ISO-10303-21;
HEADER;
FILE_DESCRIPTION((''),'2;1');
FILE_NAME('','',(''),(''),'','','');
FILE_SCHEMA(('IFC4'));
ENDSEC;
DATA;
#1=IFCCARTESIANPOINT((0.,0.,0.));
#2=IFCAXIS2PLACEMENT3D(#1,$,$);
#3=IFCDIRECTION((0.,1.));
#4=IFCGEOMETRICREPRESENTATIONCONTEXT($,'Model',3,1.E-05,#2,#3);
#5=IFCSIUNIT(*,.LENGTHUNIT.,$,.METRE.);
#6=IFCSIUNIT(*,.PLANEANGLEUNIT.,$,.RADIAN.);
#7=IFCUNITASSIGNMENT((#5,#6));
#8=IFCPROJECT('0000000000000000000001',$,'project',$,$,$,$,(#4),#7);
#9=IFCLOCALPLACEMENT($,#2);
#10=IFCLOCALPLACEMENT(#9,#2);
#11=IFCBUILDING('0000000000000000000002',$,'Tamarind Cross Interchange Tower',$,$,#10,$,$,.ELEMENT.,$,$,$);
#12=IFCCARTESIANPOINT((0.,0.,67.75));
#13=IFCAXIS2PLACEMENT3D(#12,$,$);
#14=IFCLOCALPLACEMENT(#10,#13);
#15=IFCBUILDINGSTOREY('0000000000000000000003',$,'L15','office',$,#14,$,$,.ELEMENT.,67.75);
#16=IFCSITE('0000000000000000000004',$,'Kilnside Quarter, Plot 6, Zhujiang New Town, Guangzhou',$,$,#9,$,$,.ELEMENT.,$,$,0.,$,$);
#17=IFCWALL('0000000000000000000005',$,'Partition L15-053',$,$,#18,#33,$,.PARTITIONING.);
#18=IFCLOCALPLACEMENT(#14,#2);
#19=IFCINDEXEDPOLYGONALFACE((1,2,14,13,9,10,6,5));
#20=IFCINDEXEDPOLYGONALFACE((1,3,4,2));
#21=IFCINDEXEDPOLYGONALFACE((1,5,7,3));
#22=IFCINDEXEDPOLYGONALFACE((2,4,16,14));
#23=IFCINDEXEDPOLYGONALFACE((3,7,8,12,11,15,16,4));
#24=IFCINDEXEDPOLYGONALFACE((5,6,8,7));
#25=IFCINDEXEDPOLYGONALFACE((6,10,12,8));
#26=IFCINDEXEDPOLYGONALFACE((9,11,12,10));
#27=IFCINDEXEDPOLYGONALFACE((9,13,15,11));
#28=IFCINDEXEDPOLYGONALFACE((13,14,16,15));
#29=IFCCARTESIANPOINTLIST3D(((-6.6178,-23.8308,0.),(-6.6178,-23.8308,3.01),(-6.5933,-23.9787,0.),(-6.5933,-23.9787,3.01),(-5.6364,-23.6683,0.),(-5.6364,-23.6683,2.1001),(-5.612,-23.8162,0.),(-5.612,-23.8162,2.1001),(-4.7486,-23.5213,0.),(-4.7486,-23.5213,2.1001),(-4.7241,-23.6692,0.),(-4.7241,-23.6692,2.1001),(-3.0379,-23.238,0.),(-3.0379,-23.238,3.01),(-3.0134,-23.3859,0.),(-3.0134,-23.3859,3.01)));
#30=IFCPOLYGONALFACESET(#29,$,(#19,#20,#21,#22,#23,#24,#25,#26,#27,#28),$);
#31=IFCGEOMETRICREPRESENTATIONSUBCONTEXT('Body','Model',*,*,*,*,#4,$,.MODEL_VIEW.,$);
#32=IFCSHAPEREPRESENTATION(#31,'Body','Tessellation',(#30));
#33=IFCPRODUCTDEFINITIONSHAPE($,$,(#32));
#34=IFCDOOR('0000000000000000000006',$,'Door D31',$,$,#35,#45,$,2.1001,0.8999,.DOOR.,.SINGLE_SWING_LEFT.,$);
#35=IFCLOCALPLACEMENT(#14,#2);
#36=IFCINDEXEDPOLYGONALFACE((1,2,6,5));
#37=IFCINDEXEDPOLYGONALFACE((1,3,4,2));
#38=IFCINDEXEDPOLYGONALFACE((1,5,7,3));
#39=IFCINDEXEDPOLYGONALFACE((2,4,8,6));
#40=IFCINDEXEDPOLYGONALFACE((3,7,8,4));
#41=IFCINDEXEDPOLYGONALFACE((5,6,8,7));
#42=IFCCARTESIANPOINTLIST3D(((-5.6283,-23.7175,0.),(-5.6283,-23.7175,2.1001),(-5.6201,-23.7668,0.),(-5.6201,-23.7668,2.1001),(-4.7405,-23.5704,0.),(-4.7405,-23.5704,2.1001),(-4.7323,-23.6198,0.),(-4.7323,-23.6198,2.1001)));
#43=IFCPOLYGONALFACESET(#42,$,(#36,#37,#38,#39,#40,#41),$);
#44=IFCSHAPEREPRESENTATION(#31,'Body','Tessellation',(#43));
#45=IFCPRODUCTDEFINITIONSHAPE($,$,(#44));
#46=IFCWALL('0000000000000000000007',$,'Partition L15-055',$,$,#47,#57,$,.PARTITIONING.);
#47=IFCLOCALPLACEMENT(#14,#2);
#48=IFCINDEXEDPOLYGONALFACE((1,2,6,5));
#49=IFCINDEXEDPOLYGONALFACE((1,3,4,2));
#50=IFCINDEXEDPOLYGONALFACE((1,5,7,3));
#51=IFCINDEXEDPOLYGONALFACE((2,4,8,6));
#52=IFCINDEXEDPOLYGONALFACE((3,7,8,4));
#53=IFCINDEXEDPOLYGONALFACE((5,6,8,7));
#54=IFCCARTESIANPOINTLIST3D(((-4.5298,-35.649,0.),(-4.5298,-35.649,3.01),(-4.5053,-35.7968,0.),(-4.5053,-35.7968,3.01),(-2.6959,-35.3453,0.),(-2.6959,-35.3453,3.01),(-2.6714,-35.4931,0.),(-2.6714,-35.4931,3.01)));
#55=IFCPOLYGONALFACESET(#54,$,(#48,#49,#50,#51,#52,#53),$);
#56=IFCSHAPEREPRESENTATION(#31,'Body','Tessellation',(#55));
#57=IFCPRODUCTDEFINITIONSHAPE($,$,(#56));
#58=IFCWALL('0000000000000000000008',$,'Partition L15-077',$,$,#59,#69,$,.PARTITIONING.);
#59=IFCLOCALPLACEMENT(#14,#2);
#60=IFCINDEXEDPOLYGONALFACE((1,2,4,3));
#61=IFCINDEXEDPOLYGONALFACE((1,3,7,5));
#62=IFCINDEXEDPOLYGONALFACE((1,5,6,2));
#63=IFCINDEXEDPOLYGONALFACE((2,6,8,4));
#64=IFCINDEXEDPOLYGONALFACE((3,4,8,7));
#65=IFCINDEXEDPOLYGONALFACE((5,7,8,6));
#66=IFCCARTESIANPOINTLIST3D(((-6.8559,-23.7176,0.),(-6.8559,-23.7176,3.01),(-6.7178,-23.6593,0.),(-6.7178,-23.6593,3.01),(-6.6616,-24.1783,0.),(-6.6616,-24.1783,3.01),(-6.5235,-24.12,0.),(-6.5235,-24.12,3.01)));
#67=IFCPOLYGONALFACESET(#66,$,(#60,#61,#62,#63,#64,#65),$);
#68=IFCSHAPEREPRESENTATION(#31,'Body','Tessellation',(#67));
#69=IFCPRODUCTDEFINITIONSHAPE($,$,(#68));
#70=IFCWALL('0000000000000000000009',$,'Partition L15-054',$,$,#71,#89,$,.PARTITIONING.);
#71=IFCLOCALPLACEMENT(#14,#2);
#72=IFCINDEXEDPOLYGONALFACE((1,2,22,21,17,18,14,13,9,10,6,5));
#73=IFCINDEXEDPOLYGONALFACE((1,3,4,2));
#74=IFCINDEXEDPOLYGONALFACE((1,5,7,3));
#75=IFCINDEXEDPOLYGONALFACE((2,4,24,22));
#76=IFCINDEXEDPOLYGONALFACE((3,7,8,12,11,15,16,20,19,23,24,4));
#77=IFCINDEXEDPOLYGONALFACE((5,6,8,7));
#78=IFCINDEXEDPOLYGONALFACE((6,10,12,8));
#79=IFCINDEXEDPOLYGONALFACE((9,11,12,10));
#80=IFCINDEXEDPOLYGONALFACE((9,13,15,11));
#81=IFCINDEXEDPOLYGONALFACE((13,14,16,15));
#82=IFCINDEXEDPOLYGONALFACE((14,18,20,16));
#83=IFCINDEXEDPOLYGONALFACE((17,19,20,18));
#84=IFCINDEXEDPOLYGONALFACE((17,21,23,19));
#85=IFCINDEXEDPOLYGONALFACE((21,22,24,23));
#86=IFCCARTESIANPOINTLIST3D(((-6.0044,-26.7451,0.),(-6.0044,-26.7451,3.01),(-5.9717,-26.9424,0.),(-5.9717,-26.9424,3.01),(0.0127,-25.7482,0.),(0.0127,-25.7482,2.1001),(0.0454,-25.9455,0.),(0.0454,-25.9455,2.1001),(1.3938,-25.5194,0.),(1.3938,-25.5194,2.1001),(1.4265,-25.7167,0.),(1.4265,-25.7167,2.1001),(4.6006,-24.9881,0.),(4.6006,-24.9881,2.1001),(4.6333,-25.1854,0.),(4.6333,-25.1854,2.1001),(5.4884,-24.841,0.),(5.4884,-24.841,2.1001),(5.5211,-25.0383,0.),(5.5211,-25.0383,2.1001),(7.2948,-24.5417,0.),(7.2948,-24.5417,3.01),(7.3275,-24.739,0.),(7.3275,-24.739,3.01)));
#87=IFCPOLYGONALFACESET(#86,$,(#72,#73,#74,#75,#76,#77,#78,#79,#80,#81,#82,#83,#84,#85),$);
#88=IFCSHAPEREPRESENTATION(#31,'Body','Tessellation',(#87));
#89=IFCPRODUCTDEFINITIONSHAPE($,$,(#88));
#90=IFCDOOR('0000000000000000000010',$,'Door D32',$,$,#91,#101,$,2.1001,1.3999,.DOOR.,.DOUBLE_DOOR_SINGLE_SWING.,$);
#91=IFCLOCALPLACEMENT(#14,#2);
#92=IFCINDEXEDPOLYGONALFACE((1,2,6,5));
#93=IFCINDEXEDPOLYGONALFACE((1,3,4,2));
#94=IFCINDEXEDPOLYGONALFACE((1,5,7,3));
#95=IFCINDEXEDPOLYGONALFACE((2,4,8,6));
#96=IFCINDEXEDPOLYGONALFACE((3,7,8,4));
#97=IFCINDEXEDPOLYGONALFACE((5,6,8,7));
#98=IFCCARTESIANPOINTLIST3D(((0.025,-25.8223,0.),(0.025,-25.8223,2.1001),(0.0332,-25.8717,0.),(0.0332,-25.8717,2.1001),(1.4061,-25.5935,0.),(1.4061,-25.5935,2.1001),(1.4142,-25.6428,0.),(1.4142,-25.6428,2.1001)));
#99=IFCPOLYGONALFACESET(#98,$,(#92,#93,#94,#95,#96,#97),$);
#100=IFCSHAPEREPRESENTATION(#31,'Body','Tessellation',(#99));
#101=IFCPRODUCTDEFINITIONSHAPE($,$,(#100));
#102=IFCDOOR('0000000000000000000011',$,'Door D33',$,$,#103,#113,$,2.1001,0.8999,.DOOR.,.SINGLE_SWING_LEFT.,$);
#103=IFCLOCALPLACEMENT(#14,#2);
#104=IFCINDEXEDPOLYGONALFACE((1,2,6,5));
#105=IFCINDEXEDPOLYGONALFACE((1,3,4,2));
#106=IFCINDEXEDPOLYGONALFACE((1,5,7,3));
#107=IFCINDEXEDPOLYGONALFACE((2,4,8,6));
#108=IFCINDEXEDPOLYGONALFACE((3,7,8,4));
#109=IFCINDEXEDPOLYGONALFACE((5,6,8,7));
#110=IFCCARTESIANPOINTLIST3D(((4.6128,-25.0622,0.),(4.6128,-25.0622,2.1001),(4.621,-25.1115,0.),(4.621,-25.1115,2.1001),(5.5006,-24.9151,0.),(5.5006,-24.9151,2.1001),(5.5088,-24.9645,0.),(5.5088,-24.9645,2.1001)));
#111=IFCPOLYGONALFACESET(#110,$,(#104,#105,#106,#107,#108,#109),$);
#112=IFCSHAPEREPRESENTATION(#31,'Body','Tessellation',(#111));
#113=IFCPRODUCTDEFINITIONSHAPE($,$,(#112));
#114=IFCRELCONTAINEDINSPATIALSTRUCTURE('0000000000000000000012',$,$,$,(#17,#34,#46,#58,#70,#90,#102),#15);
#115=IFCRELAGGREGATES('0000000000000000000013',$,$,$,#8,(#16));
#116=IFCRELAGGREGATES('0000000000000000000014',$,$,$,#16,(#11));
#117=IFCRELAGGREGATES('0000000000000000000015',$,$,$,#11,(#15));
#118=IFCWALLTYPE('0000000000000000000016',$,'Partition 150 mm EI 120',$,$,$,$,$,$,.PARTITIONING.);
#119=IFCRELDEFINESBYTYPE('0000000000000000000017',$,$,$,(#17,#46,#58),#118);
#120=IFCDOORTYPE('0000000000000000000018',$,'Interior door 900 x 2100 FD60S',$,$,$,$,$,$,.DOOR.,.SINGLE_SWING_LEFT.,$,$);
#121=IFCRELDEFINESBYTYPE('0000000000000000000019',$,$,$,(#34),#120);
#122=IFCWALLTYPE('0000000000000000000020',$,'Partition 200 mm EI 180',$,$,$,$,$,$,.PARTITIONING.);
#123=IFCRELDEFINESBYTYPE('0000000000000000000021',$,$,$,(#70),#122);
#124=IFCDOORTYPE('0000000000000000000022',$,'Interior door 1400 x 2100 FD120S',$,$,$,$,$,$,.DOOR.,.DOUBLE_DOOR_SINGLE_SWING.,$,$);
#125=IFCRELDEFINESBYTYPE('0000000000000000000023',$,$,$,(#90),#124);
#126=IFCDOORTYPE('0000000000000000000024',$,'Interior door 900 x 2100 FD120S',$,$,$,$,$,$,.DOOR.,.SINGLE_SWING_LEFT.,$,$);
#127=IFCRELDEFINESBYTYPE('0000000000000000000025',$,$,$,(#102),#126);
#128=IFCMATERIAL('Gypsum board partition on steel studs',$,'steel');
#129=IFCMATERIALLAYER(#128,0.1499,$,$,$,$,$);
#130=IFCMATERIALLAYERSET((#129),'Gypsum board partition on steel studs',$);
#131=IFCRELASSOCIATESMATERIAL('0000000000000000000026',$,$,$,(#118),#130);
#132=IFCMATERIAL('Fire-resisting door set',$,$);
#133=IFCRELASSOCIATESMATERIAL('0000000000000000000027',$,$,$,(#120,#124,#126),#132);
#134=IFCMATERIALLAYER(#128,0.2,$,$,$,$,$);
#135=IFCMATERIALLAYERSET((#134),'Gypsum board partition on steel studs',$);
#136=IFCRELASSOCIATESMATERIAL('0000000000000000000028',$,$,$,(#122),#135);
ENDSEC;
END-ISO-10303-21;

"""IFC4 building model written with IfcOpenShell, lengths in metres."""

from ifc_helpers import new_model, si_unit, direction, frame, frame_2d, origin, place, context, subcontext, project, spatial, rectangle, extrude, material, layer, layer_set, type_object, element, fill, save


model = new_model("IFC4")

# Units and contexts
model_context = context("Model", 3, precision=1e-05, world=origin(), true_north=direction((0.0, 1.0)))
body_context = subcontext(model_context, "Body", "Model", "MODEL_VIEW")
ifc_project = project(units=[si_unit("LENGTHUNIT", "METRE"), si_unit("PLANEANGLEUNIT", "RADIAN")], contexts=[model_context])

# Site, building, storey
site_placement = place(None, origin())
site = spatial("IfcSite", under=ifc_project, at=site_placement, Name="Kilnside Quarter, Plot 6, Zhujiang New Town, Guangzhou", CompositionType="ELEMENT", RefElevation=0.0)
building_placement = place(site_placement, origin())
building = spatial("IfcBuilding", under=site, at=building_placement, Name="Tamarind Cross Interchange Tower", CompositionType="ELEMENT")
storey_placement = place(building_placement, frame((0.0, 0.0, 67.75)))
storey = spatial("IfcBuildingStorey", under=building, at=storey_placement, Name="L15", Description="office", CompositionType="ELEMENT", Elevation=67.75)

# Shared definitions
ifc_material_1 = material(Name="Gypsum board partition on steel studs", Category="steel")
ifc_layer_1 = layer(ifc_material_1, 0.1499)
ifc_layer_set_1 = layer_set([ifc_layer_1], Name="Gypsum board partition on steel studs")
wall_type_1 = type_object("IfcWallType", Name="Partition 150 mm EI 120", PredefinedType="PARTITIONING", material=ifc_layer_set_1)

# Wall, opening, door
ifc_material_2 = material(Name="Fire-resisting door set")
door_type_1 = type_object("IfcDoorType", Name="Interior door 900 x 2100 FD60S", OperationType="SINGLE_SWING_LEFT", PredefinedType="DOOR", material=ifc_material_2)
wall_1_placement = place(storey_placement, frame((-6.6057, -23.9048, 0.0), z_axis=(0.0, 0.0, 1.0), x_axis=(0.986566, 0.163362, 0.0)))
wall_1 = element("IfcWall", 1, at=wall_1_placement, inside=storey, type_object=wall_type_1, Name="Partition L15-053", PredefinedType="PARTITIONING", context=body_context, shape_type="SweptSolid", body=[
    extrude(rectangle(XDim=3.6287, YDim=0.1499, at=frame_2d((1.8145, 0.0))), origin(), (0.0, 0.0, 1.0), 3.01),
])
opening_1_placement = place(wall_1_placement, frame((0.9949, 0.0, 0.0)))
opening_1 = element("IfcOpeningElement", 2, at=opening_1_placement, cuts=wall_1, PredefinedType="OPENING", context=body_context, shape_type="SweptSolid", body=[
    extrude(rectangle(XDim=0.8999, YDim=2.1001, at=frame_2d((0.45, 1.05))), frame((0.0, 0.085, 0.0), z_axis=(0.0, -1.0, 0.0), x_axis=(1.0, 0.0, 0.0)), (0.0, 0.0, 1.0), 0.1699),
])
door_1_placement = place(opening_1_placement, frame((0.8999, 0.0, 0.0), z_axis=(0.0, 0.0, 1.0), x_axis=(-1.0, 0.0, 0.0)))
door_1 = element("IfcDoor", 3, at=door_1_placement, inside=storey, type_object=door_type_1, Name="Door D31", OperationType="SINGLE_SWING_LEFT", OverallHeight=2.1001, OverallWidth=0.8999, PredefinedType="DOOR", context=body_context, shape_type="SweptSolid", body=[
    extrude(rectangle(XDim=0.8999, YDim=2.1001, at=frame_2d((0.45, 1.05))), frame((0.0, 0.0249, 0.0), z_axis=(0.0, -1.0, 0.0), x_axis=(1.0, 0.0, 0.0)), (0.0, 0.0, 1.0), 0.05),
])
fill(opening_1, door_1)

# Walls
wall_2_placement = place(storey_placement, frame((-4.5176, -35.7229, 0.0), z_axis=(0.0, 0.0, 1.0), x_axis=(0.986564, 0.163377, 0.0)))
element("IfcWall", 4, at=wall_2_placement, inside=storey, type_object=wall_type_1, Name="Partition L15-055", PredefinedType="PARTITIONING", context=body_context, shape_type="SweptSolid", body=[
    extrude(rectangle(XDim=1.8589, YDim=0.1499, at=frame_2d((0.9294, 0.0))), origin(), (0.0, 0.0, 1.0), 3.01),
])
wall_3_placement = place(storey_placement, frame((-6.7869, -23.6885, 0.0), z_axis=(0.0, 0.0, 1.0), x_axis=(0.388668, -0.921378, 0.0)))
element("IfcWall", 5, at=wall_3_placement, inside=storey, type_object=wall_type_1, Name="Partition L15-077", PredefinedType="PARTITIONING", context=body_context, shape_type="SweptSolid", body=[
    extrude(rectangle(XDim=0.5, YDim=0.1499, at=frame_2d((0.25, 0.0))), origin(), (0.0, 0.0, 1.0), 3.01),
])

# Wall, openings, doors
ifc_layer_2 = layer(ifc_material_1, 0.2)
ifc_layer_set_2 = layer_set([ifc_layer_2], Name="Gypsum board partition on steel studs")
wall_type_2 = type_object("IfcWallType", Name="Partition 200 mm EI 180", PredefinedType="PARTITIONING", material=ifc_layer_set_2)
wall_4_placement = place(storey_placement, frame((-5.988, -26.8438, 0.0), z_axis=(0.0, 0.0, 1.0), x_axis=(0.986552, 0.16345, 0.0)))
wall_4 = element("IfcWall", 6, at=wall_4_placement, inside=storey, type_object=wall_type_2, Name="Partition L15-054", PredefinedType="PARTITIONING", context=body_context, shape_type="SweptSolid", body=[
    extrude(rectangle(XDim=13.4805, YDim=0.2, at=frame_2d((6.7402, 0.0))), origin(), (0.0, 0.0, 1.0), 3.01),
])
opening_2_placement = place(wall_4_placement, frame((6.0991, 0.0, 0.0)))
opening_2 = element("IfcOpeningElement", 7, at=opening_2_placement, cuts=wall_4, PredefinedType="OPENING", context=body_context, shape_type="SweptSolid", body=[
    extrude(rectangle(XDim=1.3999, YDim=2.1001, at=frame_2d((0.7, 1.05))), frame((0.0, 0.1099, 0.0), z_axis=(0.0, -1.0, 0.0), x_axis=(1.0, 0.0, 0.0)), (0.0, 0.0, 1.0), 0.22),
])
opening_3_placement = place(wall_4_placement, frame((10.7495, 0.0, 0.0)))
opening_3 = element("IfcOpeningElement", 8, at=opening_3_placement, cuts=wall_4, PredefinedType="OPENING", context=body_context, shape_type="SweptSolid", body=[
    extrude(rectangle(XDim=0.8999, YDim=2.1001, at=frame_2d((0.45, 1.05))), frame((0.0, 0.1099, 0.0), z_axis=(0.0, -1.0, 0.0), x_axis=(1.0, 0.0, 0.0)), (0.0, 0.0, 1.0), 0.22),
])
door_type_2 = type_object("IfcDoorType", Name="Interior door 1400 x 2100 FD120S", OperationType="DOUBLE_DOOR_SINGLE_SWING", PredefinedType="DOOR", material=ifc_material_2)
door_2_placement = place(opening_2_placement, origin())
door_2 = element("IfcDoor", 9, at=door_2_placement, inside=storey, type_object=door_type_2, Name="Door D32", OperationType="DOUBLE_DOOR_SINGLE_SWING", OverallHeight=2.1001, OverallWidth=1.3999, PredefinedType="DOOR", context=body_context, shape_type="SweptSolid", body=[
    extrude(rectangle(XDim=1.3999, YDim=2.1001, at=frame_2d((0.7, 1.05))), frame((0.0, 0.0249, 0.0), z_axis=(0.0, -1.0, 0.0), x_axis=(1.0, 0.0, 0.0)), (0.0, 0.0, 1.0), 0.05),
])
fill(opening_2, door_2)
door_type_3 = type_object("IfcDoorType", Name="Interior door 900 x 2100 FD120S", OperationType="SINGLE_SWING_LEFT", PredefinedType="DOOR", material=ifc_material_2)
door_3_placement = place(opening_3_placement, origin())
door_3 = element("IfcDoor", 10, at=door_3_placement, inside=storey, type_object=door_type_3, Name="Door D33", OperationType="SINGLE_SWING_LEFT", OverallHeight=2.1001, OverallWidth=0.8999, PredefinedType="DOOR", context=body_context, shape_type="SweptSolid", body=[
    extrude(rectangle(XDim=0.8999, YDim=2.1001, at=frame_2d((0.45, 1.05))), frame((0.0, 0.0249, 0.0), z_axis=(0.0, -1.0, 0.0), x_axis=(1.0, 0.0, 0.0)), (0.0, 0.0, 1.0), 0.05),
])
fill(opening_3, door_3)

save(model, "model.ifc")
